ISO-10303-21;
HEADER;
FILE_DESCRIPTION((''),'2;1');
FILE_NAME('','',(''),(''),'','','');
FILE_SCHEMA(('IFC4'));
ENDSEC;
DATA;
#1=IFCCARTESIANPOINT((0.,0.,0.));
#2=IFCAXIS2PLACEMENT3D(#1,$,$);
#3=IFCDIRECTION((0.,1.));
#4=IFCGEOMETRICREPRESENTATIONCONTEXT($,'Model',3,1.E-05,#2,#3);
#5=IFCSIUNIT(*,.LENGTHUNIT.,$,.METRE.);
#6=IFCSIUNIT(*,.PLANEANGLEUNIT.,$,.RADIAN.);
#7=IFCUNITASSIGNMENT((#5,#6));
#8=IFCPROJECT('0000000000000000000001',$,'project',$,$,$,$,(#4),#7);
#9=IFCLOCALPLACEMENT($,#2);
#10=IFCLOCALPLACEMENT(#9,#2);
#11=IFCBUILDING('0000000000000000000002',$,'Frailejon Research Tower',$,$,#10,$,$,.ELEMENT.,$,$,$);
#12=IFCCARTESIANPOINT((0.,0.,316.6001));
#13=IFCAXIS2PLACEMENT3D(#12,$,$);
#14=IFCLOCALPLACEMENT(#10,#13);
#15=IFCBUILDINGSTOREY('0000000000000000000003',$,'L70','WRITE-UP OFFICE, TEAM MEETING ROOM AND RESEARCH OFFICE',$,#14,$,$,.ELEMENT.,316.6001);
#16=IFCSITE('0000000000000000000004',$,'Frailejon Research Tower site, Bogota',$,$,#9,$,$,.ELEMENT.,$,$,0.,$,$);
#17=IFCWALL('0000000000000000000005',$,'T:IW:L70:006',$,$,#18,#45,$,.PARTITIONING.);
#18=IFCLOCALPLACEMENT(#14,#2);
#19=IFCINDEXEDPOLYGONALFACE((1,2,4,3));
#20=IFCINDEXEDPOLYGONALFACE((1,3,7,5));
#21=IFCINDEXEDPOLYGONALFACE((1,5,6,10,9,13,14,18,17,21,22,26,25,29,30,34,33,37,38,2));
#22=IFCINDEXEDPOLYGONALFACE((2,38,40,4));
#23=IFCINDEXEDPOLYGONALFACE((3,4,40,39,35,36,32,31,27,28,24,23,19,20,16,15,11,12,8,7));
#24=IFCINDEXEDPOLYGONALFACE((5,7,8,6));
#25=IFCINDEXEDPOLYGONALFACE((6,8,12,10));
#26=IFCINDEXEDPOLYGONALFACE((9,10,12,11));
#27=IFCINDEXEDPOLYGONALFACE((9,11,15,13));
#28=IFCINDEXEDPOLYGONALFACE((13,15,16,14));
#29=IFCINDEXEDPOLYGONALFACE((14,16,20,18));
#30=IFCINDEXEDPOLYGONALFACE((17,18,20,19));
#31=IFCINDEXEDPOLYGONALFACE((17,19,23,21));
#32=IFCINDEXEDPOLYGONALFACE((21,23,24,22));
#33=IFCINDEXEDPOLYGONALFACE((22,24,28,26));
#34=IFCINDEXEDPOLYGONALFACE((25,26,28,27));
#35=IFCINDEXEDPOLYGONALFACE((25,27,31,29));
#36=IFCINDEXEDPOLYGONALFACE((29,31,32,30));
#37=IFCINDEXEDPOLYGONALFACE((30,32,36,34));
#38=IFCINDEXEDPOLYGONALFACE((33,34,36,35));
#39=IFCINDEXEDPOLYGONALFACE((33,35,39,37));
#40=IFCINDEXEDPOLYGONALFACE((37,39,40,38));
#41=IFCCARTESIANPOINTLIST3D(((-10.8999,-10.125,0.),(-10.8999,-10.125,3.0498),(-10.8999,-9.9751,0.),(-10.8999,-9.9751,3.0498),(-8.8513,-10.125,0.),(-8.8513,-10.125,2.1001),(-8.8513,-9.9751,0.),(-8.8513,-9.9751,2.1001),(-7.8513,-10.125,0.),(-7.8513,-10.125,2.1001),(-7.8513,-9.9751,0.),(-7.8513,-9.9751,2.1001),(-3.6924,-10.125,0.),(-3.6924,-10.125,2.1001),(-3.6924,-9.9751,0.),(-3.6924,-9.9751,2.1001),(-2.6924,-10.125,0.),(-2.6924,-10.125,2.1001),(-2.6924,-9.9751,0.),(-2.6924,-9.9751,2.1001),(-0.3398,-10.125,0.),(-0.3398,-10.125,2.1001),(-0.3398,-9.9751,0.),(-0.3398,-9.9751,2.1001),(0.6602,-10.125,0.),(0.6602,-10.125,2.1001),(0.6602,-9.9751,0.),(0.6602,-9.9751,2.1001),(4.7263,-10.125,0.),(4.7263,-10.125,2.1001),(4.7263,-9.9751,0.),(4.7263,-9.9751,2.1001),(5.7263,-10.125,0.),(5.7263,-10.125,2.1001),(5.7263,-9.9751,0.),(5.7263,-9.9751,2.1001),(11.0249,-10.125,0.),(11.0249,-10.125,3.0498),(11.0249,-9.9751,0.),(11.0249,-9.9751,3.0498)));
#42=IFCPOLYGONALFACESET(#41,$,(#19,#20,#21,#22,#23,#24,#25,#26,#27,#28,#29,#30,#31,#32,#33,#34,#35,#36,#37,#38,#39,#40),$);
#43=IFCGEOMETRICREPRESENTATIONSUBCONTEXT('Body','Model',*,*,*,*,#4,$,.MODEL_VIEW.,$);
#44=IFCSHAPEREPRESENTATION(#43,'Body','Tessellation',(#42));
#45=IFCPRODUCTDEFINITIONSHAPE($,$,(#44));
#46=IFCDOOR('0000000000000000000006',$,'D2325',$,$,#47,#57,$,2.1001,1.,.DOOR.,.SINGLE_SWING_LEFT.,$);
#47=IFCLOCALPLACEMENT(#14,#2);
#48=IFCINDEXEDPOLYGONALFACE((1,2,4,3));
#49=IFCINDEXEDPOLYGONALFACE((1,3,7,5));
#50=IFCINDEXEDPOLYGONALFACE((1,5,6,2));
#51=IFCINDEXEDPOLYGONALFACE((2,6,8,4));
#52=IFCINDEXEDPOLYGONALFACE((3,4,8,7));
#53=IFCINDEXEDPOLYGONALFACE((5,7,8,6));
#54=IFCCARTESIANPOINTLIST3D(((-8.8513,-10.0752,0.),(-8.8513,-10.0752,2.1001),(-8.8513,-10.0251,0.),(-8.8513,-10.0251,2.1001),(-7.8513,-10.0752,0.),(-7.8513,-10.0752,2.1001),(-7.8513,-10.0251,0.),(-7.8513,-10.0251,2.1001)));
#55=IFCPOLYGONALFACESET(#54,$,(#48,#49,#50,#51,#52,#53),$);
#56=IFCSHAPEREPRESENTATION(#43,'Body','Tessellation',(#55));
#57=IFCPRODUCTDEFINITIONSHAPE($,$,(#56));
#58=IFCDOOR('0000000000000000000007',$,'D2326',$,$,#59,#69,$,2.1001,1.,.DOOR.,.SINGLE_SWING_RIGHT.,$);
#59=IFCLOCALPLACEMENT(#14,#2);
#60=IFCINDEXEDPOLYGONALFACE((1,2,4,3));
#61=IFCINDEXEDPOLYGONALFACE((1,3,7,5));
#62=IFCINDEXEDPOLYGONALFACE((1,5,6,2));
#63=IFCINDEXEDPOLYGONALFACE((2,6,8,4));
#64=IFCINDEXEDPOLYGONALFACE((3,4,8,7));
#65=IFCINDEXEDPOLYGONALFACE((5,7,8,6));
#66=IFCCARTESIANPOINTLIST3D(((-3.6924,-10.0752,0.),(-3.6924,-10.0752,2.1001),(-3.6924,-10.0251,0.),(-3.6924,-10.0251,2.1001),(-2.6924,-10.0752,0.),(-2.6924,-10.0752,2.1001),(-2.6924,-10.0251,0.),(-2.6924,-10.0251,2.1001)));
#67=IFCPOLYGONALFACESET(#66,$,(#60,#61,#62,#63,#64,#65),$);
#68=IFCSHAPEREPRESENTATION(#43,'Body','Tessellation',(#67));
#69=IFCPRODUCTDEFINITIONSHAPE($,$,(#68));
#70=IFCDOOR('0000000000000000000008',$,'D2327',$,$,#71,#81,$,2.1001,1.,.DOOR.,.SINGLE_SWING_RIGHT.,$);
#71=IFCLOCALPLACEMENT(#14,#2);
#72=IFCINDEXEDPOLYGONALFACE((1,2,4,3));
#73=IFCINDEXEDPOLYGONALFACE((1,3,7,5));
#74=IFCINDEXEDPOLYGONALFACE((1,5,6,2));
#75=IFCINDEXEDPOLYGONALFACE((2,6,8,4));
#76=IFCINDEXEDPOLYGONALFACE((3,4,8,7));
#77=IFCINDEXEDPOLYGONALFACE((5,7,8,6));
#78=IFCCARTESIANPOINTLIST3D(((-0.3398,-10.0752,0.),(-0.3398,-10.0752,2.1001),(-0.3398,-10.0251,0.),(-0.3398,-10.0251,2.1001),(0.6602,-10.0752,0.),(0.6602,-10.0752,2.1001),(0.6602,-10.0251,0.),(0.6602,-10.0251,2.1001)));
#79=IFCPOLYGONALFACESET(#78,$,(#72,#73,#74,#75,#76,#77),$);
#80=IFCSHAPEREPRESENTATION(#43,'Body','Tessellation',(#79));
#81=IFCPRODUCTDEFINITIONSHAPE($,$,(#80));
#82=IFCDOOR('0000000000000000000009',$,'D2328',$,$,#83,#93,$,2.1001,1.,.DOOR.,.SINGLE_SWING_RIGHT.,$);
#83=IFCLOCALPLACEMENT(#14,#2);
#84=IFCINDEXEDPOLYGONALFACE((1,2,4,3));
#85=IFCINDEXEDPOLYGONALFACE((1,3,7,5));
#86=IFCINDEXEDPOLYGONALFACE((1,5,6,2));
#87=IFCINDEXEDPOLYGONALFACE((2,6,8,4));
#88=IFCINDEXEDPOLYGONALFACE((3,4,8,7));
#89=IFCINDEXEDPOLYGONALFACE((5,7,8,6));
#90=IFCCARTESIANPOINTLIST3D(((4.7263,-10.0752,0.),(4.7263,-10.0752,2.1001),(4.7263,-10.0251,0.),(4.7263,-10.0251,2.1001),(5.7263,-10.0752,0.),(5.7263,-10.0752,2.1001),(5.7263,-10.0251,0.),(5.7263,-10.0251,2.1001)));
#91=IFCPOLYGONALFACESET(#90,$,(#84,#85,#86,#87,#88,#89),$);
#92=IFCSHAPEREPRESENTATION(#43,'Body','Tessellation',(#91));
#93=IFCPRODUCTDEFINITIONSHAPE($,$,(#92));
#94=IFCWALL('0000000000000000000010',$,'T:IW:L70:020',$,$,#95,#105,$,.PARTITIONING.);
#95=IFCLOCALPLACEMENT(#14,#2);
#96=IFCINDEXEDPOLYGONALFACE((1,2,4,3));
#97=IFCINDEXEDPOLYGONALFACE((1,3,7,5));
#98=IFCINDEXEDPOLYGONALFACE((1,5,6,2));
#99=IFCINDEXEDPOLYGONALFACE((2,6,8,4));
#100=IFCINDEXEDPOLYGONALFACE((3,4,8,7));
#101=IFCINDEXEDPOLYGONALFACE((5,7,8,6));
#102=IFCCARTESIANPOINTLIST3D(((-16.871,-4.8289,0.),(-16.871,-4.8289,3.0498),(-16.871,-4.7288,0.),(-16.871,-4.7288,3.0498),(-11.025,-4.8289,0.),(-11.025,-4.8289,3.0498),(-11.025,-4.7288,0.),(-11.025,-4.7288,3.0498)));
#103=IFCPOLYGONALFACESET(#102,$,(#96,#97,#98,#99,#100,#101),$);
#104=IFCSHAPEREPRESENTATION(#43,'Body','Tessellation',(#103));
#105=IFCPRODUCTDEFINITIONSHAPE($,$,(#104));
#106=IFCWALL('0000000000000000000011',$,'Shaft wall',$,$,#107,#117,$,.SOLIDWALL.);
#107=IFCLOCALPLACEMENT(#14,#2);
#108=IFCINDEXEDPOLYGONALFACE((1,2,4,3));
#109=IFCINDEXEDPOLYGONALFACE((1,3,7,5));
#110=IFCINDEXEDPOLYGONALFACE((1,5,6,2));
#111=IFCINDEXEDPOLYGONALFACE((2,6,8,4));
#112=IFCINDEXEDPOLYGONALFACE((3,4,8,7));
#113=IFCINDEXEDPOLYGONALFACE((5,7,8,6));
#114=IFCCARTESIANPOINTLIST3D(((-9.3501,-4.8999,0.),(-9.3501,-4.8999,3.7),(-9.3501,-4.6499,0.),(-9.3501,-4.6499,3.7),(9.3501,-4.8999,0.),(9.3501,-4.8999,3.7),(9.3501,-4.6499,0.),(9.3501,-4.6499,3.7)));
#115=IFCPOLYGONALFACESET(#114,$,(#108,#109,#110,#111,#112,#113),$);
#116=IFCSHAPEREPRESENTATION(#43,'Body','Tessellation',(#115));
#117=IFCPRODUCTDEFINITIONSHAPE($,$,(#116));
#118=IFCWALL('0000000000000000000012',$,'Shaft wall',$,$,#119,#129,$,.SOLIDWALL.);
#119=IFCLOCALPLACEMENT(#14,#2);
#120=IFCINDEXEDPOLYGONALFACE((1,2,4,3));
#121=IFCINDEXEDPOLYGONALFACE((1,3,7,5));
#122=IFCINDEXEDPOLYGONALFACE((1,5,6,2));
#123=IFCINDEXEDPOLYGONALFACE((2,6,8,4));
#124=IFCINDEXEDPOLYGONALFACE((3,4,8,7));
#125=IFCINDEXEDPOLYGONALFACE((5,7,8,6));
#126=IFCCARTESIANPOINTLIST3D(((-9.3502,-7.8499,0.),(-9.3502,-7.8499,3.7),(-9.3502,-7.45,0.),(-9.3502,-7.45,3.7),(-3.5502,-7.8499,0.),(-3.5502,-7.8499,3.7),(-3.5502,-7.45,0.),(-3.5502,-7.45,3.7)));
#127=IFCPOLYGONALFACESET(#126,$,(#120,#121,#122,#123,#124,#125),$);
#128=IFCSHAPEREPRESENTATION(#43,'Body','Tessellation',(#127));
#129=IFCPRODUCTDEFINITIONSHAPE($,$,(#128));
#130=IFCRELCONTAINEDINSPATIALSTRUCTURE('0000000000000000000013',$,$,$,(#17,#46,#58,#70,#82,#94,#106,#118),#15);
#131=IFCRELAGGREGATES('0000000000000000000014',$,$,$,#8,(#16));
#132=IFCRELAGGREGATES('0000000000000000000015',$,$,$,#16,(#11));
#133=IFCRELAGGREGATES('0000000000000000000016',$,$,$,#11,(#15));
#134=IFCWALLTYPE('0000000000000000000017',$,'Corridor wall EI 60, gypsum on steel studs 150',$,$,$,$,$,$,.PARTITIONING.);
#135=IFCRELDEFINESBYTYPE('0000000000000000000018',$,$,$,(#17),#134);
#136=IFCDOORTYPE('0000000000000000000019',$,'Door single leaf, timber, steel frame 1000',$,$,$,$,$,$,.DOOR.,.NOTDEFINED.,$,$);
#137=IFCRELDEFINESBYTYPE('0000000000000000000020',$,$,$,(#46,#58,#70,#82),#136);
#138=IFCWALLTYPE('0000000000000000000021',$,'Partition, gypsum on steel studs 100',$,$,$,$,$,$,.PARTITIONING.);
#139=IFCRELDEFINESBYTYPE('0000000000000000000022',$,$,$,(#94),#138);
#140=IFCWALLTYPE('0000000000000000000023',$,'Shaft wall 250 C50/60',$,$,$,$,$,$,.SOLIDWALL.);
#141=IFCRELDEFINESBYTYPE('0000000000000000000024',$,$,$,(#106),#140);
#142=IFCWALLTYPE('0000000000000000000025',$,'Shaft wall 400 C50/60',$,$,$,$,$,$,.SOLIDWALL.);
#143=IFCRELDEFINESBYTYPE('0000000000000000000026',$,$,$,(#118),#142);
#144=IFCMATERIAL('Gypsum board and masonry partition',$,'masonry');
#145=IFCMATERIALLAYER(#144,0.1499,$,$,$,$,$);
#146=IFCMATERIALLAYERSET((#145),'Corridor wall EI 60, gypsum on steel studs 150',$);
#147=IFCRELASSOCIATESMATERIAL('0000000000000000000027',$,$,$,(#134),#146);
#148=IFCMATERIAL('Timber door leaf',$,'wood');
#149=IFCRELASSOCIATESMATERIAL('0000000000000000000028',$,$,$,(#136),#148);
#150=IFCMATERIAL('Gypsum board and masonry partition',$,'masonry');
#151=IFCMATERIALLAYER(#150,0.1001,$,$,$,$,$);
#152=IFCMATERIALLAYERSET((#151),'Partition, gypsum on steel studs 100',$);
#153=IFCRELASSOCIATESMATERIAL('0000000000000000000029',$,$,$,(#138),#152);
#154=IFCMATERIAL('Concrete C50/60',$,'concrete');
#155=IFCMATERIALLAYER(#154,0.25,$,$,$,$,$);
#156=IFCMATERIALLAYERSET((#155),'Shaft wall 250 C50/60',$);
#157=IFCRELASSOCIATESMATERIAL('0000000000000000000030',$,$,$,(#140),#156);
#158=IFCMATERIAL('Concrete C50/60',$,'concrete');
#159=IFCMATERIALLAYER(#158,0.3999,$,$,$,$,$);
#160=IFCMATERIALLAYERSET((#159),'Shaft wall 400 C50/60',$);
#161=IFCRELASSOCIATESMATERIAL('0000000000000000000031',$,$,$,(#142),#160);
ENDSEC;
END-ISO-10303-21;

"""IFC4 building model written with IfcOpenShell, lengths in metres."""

from ifc_helpers import new_model, si_unit, direction, frame, frame_2d, origin, place, context, subcontext, project, spatial, rectangle, extrude, material, layer, layer_set, type_object, element, fill, save


model = new_model("IFC4")

# Units and contexts
model_context = context("Model", 3, precision=1e-05, world=origin(), true_north=direction((0.0, 1.0)))
body_context = subcontext(model_context, "Body", "Model", "MODEL_VIEW")
ifc_project = project(units=[si_unit("LENGTHUNIT", "METRE"), si_unit("PLANEANGLEUNIT", "RADIAN")], contexts=[model_context])

# Site, building, storey
site_placement = place(None, origin())
site = spatial("IfcSite", under=ifc_project, at=site_placement, Name="Frailejon Research Tower site, Bogota", CompositionType="ELEMENT", RefElevation=0.0)
building_placement = place(site_placement, origin())
building = spatial("IfcBuilding", under=site, at=building_placement, Name="Frailejon Research Tower", CompositionType="ELEMENT")
storey_placement = place(building_placement, frame((0.0, 0.0, 316.6001)))
storey = spatial("IfcBuildingStorey", under=building, at=storey_placement, Name="L70", Description="WRITE-UP OFFICE, TEAM MEETING ROOM AND RESEARCH OFFICE", CompositionType="ELEMENT", Elevation=316.6001)

# Wall, openings, doors
ifc_material_1 = material(Name="Gypsum board and masonry partition", Category="masonry")
ifc_layer_1 = layer(ifc_material_1, 0.1499)
ifc_layer_set_1 = layer_set([ifc_layer_1], Name="Corridor wall EI 60, gypsum on steel studs 150")
wall_type_1 = type_object("IfcWallType", Name="Corridor wall EI 60, gypsum on steel studs 150", PredefinedType="PARTITIONING", material=ifc_layer_set_1)
ifc_material_2 = material(Name="Timber door leaf", Category="wood")
door_type_1 = type_object("IfcDoorType", Name="Door single leaf, timber, steel frame 1000", OperationType="NOTDEFINED", PredefinedType="DOOR", material=ifc_material_2)
wall_1_placement = place(storey_placement, frame((-10.8999, -10.05, 0.0), z_axis=(0.0, 0.0, 1.0), x_axis=(1.0, 0.0, 0.0)))
wall_1 = element("IfcWall", 1, at=wall_1_placement, inside=storey, type_object=wall_type_1, Name="T:IW:L70:006", PredefinedType="PARTITIONING", context=body_context, shape_type="SweptSolid", body=[
    extrude(rectangle(XDim=21.9248, YDim=0.1499, at=frame_2d((10.9624, 0.0))), origin(), (0.0, 0.0, 1.0), 3.0498),
])
opening_1_placement = place(wall_1_placement, frame((2.0486, 0.0, 0.0)))
opening_1 = element("IfcOpeningElement", 2, at=opening_1_placement, cuts=wall_1, PredefinedType="OPENING", context=body_context, shape_type="SweptSolid", body=[
    extrude(rectangle(XDim=1.0, YDim=2.1001, at=frame_2d((0.5, 1.05))), frame((0.0, 0.085, 0.0), z_axis=(0.0, -1.0, 0.0), x_axis=(1.0, 0.0, 0.0)), (0.0, 0.0, 1.0), 0.1699),
])
opening_2_placement = place(wall_1_placement, frame((7.2075, 0.0, 0.0)))
opening_2 = element("IfcOpeningElement", 3, at=opening_2_placement, cuts=wall_1, PredefinedType="OPENING", context=body_context, shape_type="SweptSolid", body=[
    extrude(rectangle(XDim=1.0, YDim=2.1001, at=frame_2d((0.5, 1.05))), frame((0.0, 0.085, 0.0), z_axis=(0.0, -1.0, 0.0), x_axis=(1.0, 0.0, 0.0)), (0.0, 0.0, 1.0), 0.1699),
])
opening_3_placement = place(wall_1_placement, frame((10.5601, 0.0, 0.0)))
opening_3 = element("IfcOpeningElement", 4, at=opening_3_placement, cuts=wall_1, PredefinedType="OPENING", context=body_context, shape_type="SweptSolid", body=[
    extrude(rectangle(XDim=1.0, YDim=2.1001, at=frame_2d((0.5, 1.05))), frame((0.0, 0.085, 0.0), z_axis=(0.0, -1.0, 0.0), x_axis=(1.0, 0.0, 0.0)), (0.0, 0.0, 1.0), 0.1699),
])
opening_4_placement = place(wall_1_placement, frame((15.6262, 0.0, 0.0)))
opening_4 = element("IfcOpeningElement", 5, at=opening_4_placement, cuts=wall_1, PredefinedType="OPENING", context=body_context, shape_type="SweptSolid", body=[
    extrude(rectangle(XDim=1.0, YDim=2.1001, at=frame_2d((0.5, 1.05))), frame((0.0, 0.085, 0.0), z_axis=(0.0, -1.0, 0.0), x_axis=(1.0, 0.0, 0.0)), (0.0, 0.0, 1.0), 0.1699),
])
door_1_placement = place(opening_1_placement, origin())
door_1 = element("IfcDoor", 6, at=door_1_placement, inside=storey, type_object=door_type_1, Name="D2325", OperationType="SINGLE_SWING_LEFT", OverallHeight=2.1001, OverallWidth=1.0, PredefinedType="DOOR", context=body_context, shape_type="SweptSolid", body=[
    extrude(rectangle(XDim=1.0, YDim=2.1001, at=frame_2d((0.5, 1.05))), frame((0.0, 0.0249, 0.0), z_axis=(0.0, -1.0, 0.0), x_axis=(1.0, 0.0, 0.0)), (0.0, 0.0, 1.0), 0.05),
])
fill(opening_1, door_1)
door_2_placement = place(opening_2_placement, origin())
door_2 = element("IfcDoor", 7, at=door_2_placement, inside=storey, type_object=door_type_1, Name="D2326", OperationType="SINGLE_SWING_RIGHT", OverallHeight=2.1001, OverallWidth=1.0, PredefinedType="DOOR", context=body_context, shape_type="SweptSolid", body=[
    extrude(rectangle(XDim=1.0, YDim=2.1001, at=frame_2d((0.5, 1.05))), frame((0.0, 0.0249, 0.0), z_axis=(0.0, -1.0, 0.0), x_axis=(1.0, 0.0, 0.0)), (0.0, 0.0, 1.0), 0.05),
])
fill(opening_2, door_2)
door_3_placement = place(opening_3_placement, origin())
door_3 = element("IfcDoor", 8, at=door_3_placement, inside=storey, type_object=door_type_1, Name="D2327", OperationType="SINGLE_SWING_RIGHT", OverallHeight=2.1001, OverallWidth=1.0, PredefinedType="DOOR", context=body_context, shape_type="SweptSolid", body=[
    extrude(rectangle(XDim=1.0, YDim=2.1001, at=frame_2d((0.5, 1.05))), frame((0.0, 0.0249, 0.0), z_axis=(0.0, -1.0, 0.0), x_axis=(1.0, 0.0, 0.0)), (0.0, 0.0, 1.0), 0.05),
])
fill(opening_3, door_3)
door_4_placement = place(opening_4_placement, origin())
door_4 = element("IfcDoor", 9, at=door_4_placement, inside=storey, type_object=door_type_1, Name="D2328", OperationType="SINGLE_SWING_RIGHT", OverallHeight=2.1001, OverallWidth=1.0, PredefinedType="DOOR", context=body_context, shape_type="SweptSolid", body=[
    extrude(rectangle(XDim=1.0, YDim=2.1001, at=frame_2d((0.5, 1.05))), frame((0.0, 0.0249, 0.0), z_axis=(0.0, -1.0, 0.0), x_axis=(1.0, 0.0, 0.0)), (0.0, 0.0, 1.0), 0.05),
])
fill(opening_4, door_4)

# Walls
ifc_material_3 = material(Name="Gypsum board and masonry partition", Category="masonry")
ifc_layer_2 = layer(ifc_material_3, 0.1001)
ifc_layer_set_2 = layer_set([ifc_layer_2], Name="Partition, gypsum on steel studs 100")
wall_type_2 = type_object("IfcWallType", Name="Partition, gypsum on steel studs 100", PredefinedType="PARTITIONING", material=ifc_layer_set_2)
wall_2_placement = place(storey_placement, frame((-16.8708, -4.7788, 0.0), z_axis=(0.0, 0.0, 1.0), x_axis=(1.0, 0.0, 0.0)))
element("IfcWall", 10, at=wall_2_placement, inside=storey, type_object=wall_type_2, Name="T:IW:L70:020", PredefinedType="PARTITIONING", context=body_context, shape_type="SweptSolid", body=[
    extrude(rectangle(XDim=5.8459, YDim=0.1001, at=frame_2d((2.9229, 0.0))), origin(), (0.0, 0.0, 1.0), 3.0498),
])
ifc_material_4 = material(Name="Concrete C50/60", Category="concrete")
ifc_layer_3 = layer(ifc_material_4, 0.25)
ifc_layer_set_3 = layer_set([ifc_layer_3], Name="Shaft wall 250 C50/60")
wall_type_3 = type_object("IfcWallType", Name="Shaft wall 250 C50/60", PredefinedType="SOLIDWALL", material=ifc_layer_set_3)
wall_3_placement = place(storey_placement, frame((-9.3501, -4.7749, 0.0), z_axis=(0.0, 0.0, 1.0), x_axis=(1.0, 0.0, 0.0)))
element("IfcWall", 11, at=wall_3_placement, inside=storey, type_object=wall_type_3, Name="Shaft wall", PredefinedType="SOLIDWALL", context=body_context, shape_type="SweptSolid", body=[
    extrude(rectangle(XDim=18.7002, YDim=0.25, at=frame_2d((9.3501, 0.0))), origin(), (0.0, 0.0, 1.0), 3.7),
])
ifc_material_5 = material(Name="Concrete C50/60", Category="concrete")
ifc_layer_4 = layer(ifc_material_5, 0.3999)
ifc_layer_set_4 = layer_set([ifc_layer_4], Name="Shaft wall 400 C50/60")
wall_type_4 = type_object("IfcWallType", Name="Shaft wall 400 C50/60", PredefinedType="SOLIDWALL", material=ifc_layer_set_4)
wall_4_placement = place(storey_placement, frame((-9.3501, -7.6499, 0.0), z_axis=(0.0, 0.0, 1.0), x_axis=(1.0, 0.0, 0.0)))
element("IfcWall", 12, at=wall_4_placement, inside=storey, type_object=wall_type_4, Name="Shaft wall", PredefinedType="SOLIDWALL", context=body_context, shape_type="SweptSolid", body=[
    extrude(rectangle(XDim=5.8, YDim=0.3999, at=frame_2d((2.8999, 0.0))), origin(), (0.0, 0.0, 1.0), 3.7),
])

save(model, "model.ifc")
